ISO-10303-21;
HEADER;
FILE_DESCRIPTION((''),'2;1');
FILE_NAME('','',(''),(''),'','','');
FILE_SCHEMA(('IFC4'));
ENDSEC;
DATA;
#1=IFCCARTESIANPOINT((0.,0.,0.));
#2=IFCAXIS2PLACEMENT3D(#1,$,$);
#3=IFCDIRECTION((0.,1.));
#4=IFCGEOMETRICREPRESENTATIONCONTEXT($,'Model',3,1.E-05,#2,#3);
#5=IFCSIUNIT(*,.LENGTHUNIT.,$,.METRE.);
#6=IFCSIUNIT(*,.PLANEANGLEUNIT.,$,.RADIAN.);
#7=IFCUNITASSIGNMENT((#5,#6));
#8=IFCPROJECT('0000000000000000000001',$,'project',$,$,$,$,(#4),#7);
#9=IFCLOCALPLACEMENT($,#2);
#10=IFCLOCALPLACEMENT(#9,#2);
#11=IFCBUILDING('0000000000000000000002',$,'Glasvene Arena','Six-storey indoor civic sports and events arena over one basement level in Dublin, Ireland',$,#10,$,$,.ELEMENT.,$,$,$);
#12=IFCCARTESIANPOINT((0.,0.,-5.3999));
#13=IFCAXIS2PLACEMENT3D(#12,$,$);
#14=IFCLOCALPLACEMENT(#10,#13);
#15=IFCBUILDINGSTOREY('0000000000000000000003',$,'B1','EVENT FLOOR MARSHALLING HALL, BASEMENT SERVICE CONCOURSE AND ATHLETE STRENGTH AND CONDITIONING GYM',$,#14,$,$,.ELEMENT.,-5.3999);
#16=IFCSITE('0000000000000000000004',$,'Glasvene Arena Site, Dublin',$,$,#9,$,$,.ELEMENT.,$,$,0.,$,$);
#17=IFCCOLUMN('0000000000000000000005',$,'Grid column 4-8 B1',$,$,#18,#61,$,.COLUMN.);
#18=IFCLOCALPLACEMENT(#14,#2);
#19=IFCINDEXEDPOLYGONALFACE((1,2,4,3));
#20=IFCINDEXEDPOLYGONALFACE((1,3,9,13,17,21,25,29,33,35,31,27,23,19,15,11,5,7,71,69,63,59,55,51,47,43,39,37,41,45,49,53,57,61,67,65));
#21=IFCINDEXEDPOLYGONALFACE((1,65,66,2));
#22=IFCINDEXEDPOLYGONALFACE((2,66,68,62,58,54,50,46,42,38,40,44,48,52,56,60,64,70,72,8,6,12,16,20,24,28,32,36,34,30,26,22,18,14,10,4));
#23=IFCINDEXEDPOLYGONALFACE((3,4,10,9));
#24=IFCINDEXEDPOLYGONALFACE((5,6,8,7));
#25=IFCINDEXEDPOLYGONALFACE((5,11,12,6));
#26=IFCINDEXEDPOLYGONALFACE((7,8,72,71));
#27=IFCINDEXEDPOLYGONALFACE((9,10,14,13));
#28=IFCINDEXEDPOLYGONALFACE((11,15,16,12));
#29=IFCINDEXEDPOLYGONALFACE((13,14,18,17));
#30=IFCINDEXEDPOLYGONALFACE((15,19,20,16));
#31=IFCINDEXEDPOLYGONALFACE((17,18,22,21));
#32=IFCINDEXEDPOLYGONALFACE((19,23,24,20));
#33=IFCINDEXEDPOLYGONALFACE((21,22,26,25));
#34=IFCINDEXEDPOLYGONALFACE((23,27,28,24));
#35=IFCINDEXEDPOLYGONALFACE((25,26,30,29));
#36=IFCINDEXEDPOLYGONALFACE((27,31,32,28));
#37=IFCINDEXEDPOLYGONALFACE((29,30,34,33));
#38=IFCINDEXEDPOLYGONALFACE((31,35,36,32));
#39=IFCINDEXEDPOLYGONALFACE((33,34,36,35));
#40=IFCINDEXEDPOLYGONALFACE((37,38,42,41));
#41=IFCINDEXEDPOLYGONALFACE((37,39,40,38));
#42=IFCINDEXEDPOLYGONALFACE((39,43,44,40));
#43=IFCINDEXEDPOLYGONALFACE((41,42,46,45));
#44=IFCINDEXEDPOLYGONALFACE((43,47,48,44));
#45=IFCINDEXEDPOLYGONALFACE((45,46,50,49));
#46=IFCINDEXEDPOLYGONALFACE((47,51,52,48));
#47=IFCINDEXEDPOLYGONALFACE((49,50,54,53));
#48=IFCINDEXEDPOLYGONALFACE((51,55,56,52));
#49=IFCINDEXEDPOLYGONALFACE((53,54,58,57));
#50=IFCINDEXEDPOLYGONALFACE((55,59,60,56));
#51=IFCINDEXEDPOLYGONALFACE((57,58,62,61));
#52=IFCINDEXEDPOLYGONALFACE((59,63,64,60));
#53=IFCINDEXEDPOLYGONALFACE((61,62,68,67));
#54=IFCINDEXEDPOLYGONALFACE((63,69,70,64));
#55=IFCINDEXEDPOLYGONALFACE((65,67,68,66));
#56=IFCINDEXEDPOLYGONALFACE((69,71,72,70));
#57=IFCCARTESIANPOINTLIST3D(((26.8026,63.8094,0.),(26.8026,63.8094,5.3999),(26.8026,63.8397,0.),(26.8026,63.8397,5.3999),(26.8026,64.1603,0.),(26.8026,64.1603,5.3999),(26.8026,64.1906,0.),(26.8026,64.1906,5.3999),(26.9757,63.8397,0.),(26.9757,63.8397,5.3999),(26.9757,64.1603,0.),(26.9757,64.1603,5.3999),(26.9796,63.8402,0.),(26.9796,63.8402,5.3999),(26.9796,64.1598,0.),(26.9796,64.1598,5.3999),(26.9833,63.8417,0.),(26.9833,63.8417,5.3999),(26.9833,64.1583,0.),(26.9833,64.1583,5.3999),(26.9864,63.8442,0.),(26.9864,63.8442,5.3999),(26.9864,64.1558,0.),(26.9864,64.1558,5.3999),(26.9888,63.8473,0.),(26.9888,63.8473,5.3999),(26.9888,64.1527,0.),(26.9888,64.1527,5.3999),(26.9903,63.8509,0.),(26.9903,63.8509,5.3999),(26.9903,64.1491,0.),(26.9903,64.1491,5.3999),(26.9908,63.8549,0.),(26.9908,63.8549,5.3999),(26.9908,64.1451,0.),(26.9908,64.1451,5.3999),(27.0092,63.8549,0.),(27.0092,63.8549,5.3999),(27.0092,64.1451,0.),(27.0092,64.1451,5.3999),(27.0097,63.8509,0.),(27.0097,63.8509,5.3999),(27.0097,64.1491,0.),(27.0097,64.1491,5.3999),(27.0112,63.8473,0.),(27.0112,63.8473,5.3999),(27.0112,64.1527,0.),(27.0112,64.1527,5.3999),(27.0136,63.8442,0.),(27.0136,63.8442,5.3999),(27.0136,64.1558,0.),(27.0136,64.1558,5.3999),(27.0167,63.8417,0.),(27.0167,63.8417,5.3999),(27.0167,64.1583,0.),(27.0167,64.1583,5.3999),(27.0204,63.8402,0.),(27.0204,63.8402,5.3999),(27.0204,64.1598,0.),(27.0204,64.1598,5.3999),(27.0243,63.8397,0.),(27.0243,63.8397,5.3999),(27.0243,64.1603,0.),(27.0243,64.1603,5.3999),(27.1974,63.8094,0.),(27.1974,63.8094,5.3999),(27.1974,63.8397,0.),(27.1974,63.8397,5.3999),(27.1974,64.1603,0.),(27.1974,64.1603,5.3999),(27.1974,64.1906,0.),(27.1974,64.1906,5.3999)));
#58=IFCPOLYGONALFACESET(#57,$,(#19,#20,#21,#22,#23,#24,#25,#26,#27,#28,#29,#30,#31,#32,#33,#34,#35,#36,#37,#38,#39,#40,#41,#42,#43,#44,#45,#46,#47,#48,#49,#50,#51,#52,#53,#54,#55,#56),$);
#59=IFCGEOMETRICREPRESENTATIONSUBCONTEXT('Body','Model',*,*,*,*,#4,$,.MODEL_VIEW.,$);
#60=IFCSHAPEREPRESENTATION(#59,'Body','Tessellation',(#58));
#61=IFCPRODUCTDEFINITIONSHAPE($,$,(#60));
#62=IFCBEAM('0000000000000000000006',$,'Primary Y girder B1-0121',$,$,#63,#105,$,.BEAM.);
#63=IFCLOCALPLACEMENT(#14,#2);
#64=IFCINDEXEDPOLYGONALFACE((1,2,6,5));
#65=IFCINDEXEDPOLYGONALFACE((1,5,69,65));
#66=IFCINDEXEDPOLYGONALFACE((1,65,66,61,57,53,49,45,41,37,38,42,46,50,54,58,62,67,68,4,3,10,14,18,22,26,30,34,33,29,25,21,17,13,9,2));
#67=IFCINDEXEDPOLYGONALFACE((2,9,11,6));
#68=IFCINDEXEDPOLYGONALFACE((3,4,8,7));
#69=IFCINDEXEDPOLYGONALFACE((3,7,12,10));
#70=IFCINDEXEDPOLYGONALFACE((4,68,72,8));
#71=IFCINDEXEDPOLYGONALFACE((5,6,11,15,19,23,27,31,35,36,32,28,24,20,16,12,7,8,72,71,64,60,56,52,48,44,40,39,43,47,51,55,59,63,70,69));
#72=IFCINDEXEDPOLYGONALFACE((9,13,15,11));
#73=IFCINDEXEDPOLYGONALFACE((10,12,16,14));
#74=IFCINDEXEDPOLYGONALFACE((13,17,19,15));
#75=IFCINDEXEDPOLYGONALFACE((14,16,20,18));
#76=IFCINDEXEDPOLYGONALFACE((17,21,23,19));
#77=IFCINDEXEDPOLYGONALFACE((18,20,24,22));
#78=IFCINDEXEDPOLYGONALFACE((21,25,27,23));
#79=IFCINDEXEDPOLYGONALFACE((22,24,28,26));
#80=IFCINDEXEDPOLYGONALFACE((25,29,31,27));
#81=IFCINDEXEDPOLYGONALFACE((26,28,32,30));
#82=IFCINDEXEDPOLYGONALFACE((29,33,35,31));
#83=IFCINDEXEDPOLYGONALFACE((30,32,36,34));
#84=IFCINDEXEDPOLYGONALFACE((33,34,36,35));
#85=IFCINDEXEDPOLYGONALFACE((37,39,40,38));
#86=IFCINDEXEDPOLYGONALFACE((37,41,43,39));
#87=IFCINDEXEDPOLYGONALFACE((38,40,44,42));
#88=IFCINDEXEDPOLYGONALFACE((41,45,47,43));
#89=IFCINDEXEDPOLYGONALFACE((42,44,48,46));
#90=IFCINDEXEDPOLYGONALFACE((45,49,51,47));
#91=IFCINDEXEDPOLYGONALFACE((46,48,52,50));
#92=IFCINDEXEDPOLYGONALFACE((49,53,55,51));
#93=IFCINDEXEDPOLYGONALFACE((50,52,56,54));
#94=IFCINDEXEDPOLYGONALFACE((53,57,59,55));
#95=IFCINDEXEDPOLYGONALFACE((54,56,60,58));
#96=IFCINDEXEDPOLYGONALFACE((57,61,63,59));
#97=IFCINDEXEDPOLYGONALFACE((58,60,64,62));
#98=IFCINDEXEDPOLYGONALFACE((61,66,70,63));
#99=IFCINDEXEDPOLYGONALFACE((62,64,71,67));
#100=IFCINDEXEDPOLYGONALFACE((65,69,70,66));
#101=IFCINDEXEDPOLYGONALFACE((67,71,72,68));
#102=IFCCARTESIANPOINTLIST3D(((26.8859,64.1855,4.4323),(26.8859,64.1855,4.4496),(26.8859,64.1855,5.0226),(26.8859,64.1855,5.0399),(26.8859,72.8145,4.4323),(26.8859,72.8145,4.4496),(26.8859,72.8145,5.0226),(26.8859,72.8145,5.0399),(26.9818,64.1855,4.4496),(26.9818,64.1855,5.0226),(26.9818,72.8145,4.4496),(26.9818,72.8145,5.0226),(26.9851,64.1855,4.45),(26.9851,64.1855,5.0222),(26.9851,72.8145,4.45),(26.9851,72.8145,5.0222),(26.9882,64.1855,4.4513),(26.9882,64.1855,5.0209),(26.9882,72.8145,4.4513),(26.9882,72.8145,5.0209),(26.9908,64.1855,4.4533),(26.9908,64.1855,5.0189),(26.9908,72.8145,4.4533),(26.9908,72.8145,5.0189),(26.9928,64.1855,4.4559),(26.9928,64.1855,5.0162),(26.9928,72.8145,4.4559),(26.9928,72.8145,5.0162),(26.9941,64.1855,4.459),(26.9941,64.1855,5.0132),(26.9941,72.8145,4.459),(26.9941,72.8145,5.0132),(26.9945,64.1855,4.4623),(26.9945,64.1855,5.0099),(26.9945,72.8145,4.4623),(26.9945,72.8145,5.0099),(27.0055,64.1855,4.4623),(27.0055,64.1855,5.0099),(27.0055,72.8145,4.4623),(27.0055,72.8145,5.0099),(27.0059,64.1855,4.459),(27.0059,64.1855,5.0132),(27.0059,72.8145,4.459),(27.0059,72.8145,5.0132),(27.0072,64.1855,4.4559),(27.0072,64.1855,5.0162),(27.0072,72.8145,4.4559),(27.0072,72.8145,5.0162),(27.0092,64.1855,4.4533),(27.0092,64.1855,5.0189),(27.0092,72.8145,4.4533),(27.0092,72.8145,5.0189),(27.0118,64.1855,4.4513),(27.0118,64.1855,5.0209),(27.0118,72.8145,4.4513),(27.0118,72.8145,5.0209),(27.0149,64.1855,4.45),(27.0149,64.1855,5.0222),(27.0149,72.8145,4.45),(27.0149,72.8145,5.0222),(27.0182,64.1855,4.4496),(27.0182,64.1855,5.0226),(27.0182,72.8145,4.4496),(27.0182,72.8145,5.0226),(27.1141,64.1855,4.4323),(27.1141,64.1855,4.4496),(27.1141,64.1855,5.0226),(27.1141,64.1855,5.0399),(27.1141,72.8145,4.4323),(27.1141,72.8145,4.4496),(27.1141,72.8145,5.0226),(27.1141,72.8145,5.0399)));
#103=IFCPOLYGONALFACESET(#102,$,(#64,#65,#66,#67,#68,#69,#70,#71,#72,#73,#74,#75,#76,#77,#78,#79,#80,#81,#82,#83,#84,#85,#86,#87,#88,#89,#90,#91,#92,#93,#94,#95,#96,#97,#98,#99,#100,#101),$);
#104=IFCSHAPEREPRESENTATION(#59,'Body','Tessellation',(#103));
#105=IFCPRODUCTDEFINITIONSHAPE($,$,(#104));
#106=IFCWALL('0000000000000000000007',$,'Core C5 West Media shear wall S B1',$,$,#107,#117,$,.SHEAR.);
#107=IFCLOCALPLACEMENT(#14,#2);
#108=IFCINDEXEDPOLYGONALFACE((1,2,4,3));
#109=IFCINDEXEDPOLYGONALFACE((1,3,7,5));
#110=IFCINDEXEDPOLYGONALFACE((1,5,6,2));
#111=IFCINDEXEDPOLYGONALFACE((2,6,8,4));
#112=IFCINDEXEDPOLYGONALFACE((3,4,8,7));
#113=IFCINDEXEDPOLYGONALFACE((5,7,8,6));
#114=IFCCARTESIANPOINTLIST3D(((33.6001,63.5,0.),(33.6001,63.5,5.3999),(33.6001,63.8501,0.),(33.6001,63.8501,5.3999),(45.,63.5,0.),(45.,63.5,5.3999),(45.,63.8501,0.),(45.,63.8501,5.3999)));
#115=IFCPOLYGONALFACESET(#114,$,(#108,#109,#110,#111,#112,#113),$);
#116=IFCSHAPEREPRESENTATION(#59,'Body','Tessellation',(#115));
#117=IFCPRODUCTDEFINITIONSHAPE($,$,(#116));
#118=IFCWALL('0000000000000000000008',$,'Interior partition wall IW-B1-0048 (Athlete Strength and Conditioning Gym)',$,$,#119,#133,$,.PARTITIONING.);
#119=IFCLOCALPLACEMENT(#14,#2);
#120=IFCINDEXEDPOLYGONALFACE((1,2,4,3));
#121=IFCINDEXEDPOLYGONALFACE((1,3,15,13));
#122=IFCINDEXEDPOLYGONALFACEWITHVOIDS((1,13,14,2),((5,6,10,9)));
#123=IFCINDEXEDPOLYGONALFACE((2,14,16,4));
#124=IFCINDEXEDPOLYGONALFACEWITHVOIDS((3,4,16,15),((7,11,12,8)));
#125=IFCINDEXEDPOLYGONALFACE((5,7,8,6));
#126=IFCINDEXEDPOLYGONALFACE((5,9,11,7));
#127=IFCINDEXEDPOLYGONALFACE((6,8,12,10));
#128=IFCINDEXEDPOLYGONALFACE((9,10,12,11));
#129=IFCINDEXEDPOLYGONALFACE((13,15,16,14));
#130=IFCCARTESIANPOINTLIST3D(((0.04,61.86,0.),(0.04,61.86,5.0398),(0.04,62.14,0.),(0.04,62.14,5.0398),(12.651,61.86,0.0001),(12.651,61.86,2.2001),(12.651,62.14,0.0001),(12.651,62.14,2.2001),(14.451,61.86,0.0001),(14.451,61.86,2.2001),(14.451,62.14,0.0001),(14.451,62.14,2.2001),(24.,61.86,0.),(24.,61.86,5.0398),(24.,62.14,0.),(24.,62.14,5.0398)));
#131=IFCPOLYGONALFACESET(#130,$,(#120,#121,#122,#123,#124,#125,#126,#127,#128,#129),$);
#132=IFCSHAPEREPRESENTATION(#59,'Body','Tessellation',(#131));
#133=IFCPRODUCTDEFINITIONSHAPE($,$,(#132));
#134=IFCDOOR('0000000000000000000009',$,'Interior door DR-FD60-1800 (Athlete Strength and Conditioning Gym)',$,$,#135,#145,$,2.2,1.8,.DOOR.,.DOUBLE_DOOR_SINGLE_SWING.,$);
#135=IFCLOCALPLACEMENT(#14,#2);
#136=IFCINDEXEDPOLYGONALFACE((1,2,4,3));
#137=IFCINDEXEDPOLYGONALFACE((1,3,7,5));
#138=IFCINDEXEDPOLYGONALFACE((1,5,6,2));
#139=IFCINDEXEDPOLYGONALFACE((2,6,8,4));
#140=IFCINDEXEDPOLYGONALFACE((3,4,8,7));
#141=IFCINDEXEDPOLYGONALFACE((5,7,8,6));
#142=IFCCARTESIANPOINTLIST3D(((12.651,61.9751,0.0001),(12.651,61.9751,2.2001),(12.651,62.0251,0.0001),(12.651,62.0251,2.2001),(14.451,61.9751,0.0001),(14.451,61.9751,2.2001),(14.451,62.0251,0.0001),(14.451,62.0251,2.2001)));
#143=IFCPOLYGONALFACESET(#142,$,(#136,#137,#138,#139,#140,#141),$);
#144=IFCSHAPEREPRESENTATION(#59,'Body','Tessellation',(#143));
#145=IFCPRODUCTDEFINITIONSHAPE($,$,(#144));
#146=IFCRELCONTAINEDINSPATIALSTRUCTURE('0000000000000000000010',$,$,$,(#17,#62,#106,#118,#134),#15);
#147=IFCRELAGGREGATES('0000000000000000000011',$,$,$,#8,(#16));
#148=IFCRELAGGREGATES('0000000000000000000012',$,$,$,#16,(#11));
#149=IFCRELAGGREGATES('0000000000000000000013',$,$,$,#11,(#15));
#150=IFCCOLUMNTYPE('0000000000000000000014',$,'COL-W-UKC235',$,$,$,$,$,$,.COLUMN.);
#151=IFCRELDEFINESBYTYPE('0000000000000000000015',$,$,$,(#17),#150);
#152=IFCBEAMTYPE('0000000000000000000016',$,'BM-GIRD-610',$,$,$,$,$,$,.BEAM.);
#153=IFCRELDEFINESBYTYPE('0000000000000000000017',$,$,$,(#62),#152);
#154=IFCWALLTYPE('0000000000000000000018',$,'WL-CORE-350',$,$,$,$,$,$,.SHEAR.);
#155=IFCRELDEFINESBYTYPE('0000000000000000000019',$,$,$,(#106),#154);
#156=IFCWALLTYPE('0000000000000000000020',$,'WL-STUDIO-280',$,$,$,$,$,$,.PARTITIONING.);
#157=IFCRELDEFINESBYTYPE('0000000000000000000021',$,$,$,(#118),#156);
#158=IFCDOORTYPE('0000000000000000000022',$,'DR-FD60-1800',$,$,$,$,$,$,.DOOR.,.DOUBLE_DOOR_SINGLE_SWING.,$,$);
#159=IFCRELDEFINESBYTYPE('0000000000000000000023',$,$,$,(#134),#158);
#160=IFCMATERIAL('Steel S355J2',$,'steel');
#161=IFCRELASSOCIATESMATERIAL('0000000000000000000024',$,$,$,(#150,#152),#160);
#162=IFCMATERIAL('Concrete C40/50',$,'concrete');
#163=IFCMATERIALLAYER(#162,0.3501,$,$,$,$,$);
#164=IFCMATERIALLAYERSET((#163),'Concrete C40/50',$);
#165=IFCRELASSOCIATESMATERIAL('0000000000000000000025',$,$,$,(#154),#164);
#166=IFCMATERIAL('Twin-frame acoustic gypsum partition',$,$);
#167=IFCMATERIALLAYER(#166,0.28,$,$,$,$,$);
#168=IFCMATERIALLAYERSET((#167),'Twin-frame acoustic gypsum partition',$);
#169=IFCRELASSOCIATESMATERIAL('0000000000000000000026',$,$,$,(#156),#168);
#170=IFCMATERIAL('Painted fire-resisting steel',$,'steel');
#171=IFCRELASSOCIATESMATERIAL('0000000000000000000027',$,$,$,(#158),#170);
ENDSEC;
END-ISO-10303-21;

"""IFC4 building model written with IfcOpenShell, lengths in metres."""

from ifc_helpers import new_model, si_unit, direction, frame, frame_2d, origin, origin_2d, place, context, subcontext, project, spatial, rectangle, i_section, extrude, material, layer, layer_set, material_profile, profile_set, type_object, element, fill, save


model = new_model("IFC4")

# Units and contexts
model_context = context("Model", 3, precision=1e-05, world=origin(), true_north=direction((0.0, 1.0)))
body_context = subcontext(model_context, "Body", "Model", "MODEL_VIEW")
ifc_project = project(units=[si_unit("LENGTHUNIT", "METRE"), si_unit("PLANEANGLEUNIT", "RADIAN")], contexts=[model_context])

# Site, building, storey
site_placement = place(None, origin())
site = spatial("IfcSite", under=ifc_project, at=site_placement, Name="Glasvene Arena Site, Dublin", CompositionType="ELEMENT", RefElevation=0.0)
building_placement = place(site_placement, origin())
building = spatial("IfcBuilding", under=site, at=building_placement, Name="Glasvene Arena", Description="Six-storey indoor civic sports and events arena over one basement level in Dublin, Ireland", CompositionType="ELEMENT")
storey_placement = place(building_placement, frame((0.0, 0.0, -5.3999)))
storey = spatial("IfcBuildingStorey", under=building, at=storey_placement, Name="B1", Description="EVENT FLOOR MARSHALLING HALL, BASEMENT SERVICE CONCOURSE AND ATHLETE STRENGTH AND CONDITIONING GYM", CompositionType="ELEMENT", Elevation=-5.3999)

# Shared definitions
ifc_material_1 = material(Name="Concrete C40/50", Category="concrete")

# Column
ifc_material_2 = material(Name="Steel S355J2", Category="steel")
ifc_material_profile_1 = material_profile(ifc_material_2, i_section(OverallWidth=0.3948, OverallDepth=0.3811, WebThickness=0.0183, FlangeThickness=0.0303, FilletRadius=0.0151, at=origin_2d()), Name="UKC 356x406x235")
ifc_profile_set_1 = profile_set([ifc_material_profile_1], Name="Steel S355J2")
column_type = type_object("IfcColumnType", Name="COL-W-UKC235", PredefinedType="COLUMN", material=ifc_profile_set_1)
column_placement = place(storey_placement, frame((27.0, 64.0, 0.0), z_axis=(0.0, 0.0, 1.0), x_axis=(1.0, 0.0, 0.0)))
element("IfcColumn", 1, at=column_placement, inside=storey, type_object=column_type, Name="Grid column 4-8 B1", PredefinedType="COLUMN", context=body_context, shape_type="SweptSolid", body=[
    extrude(i_section(OverallWidth=0.3948, OverallDepth=0.3811, WebThickness=0.0183, FlangeThickness=0.0303, FilletRadius=0.0151, at=origin_2d()), origin(), (0.0, 0.0, 1.0), 5.3999),
])

# Beam
ifc_material_profile_2 = material_profile(ifc_material_2, i_section(OverallWidth=0.2283, OverallDepth=0.6077, WebThickness=0.011, FlangeThickness=0.0173, FilletRadius=0.0127, at=origin_2d()), Name="UKB 610x229x113")
ifc_profile_set_2 = profile_set([ifc_material_profile_2], Name="Steel S355J2")
beam_type = type_object("IfcBeamType", Name="BM-GIRD-610", PredefinedType="BEAM", material=ifc_profile_set_2)
beam_placement = place(storey_placement, frame((27.0, 64.1855, 4.7361), z_axis=(0.0, 1.0, 0.0), x_axis=(-1.0, 0.0, 0.0)))
element("IfcBeam", 2, at=beam_placement, inside=storey, type_object=beam_type, Name="Primary Y girder B1-0121", PredefinedType="BEAM", context=body_context, shape_type="SweptSolid", body=[
    extrude(i_section(OverallWidth=0.2283, OverallDepth=0.6077, WebThickness=0.011, FlangeThickness=0.0173, FilletRadius=0.0127, at=origin_2d()), origin(), (0.0, 0.0, 1.0), 8.6289),
])

# Wall
ifc_layer_1 = layer(ifc_material_1, 0.3501)
ifc_layer_set_1 = layer_set([ifc_layer_1], Name="Concrete C40/50")
wall_type_1 = type_object("IfcWallType", Name="WL-CORE-350", PredefinedType="SHEAR", material=ifc_layer_set_1)
wall_1_placement = place(storey_placement, frame((33.6001, 63.675, 0.0), z_axis=(0.0, 0.0, 1.0), x_axis=(1.0, 0.0, 0.0)))
element("IfcWall", 3, at=wall_1_placement, inside=storey, type_object=wall_type_1, Name="Core C5 West Media shear wall S B1", PredefinedType="SHEAR", context=body_context, shape_type="SweptSolid", body=[
    extrude(rectangle(XDim=11.3999, YDim=0.3501, at=frame_2d((5.7, 0.0))), origin(), (0.0, 0.0, 1.0), 5.3999),
])

# Wall, opening, door
ifc_material_3 = material(Name="Twin-frame acoustic gypsum partition")
ifc_layer_2 = layer(ifc_material_3, 0.28)
ifc_layer_set_2 = layer_set([ifc_layer_2], Name="Twin-frame acoustic gypsum partition")
wall_type_2 = type_object("IfcWallType", Name="WL-STUDIO-280", PredefinedType="PARTITIONING", material=ifc_layer_set_2)
wall_2_placement = place(storey_placement, frame((24.0, 62.0, 0.0), z_axis=(0.0, 0.0, 1.0), x_axis=(-1.0, 0.0, 0.0)))
wall_2 = element("IfcWall", 4, at=wall_2_placement, inside=storey, type_object=wall_type_2, Name="Interior partition wall IW-B1-0048 (Athlete Strength and Conditioning Gym)", PredefinedType="PARTITIONING", context=body_context, shape_type="SweptSolid", body=[
    extrude(rectangle(XDim=23.96, YDim=0.28, at=frame_2d((11.98, 0.0))), origin(), (0.0, 0.0, 1.0), 5.0398),
])
opening_placement = place(wall_2_placement, frame((9.5491, 0.0, 0.0)))
opening = element("IfcOpeningElement", 5, at=opening_placement, cuts=wall_2, PredefinedType="OPENING", context=body_context, shape_type="SweptSolid", body=[
    extrude(rectangle(XDim=1.8, YDim=2.2, at=frame_2d((0.8999, 1.1001))), frame((0.0, 0.1499, 0.0), z_axis=(0.0, -1.0, 0.0), x_axis=(1.0, 0.0, 0.0)), (0.0, 0.0, 1.0), 0.3),
])
ifc_material_4 = material(Name="Painted fire-resisting steel", Category="steel")
door_type = type_object("IfcDoorType", Name="DR-FD60-1800", OperationType="DOUBLE_DOOR_SINGLE_SWING", PredefinedType="DOOR", material=ifc_material_4)
door_placement = place(opening_placement, origin())
door = element("IfcDoor", 6, at=door_placement, inside=storey, type_object=door_type, Name="Interior door DR-FD60-1800 (Athlete Strength and Conditioning Gym)", OperationType="DOUBLE_DOOR_SINGLE_SWING", OverallHeight=2.2, OverallWidth=1.8, PredefinedType="DOOR", context=body_context, shape_type="SweptSolid", body=[
    extrude(rectangle(XDim=1.8, YDim=2.2, at=frame_2d((0.8999, 1.1001))), frame((0.0, 0.0249, 0.0), z_axis=(0.0, -1.0, 0.0), x_axis=(1.0, 0.0, 0.0)), (0.0, 0.0, 1.0), 0.05),
])
fill(opening, door)

save(model, "model.ifc")
